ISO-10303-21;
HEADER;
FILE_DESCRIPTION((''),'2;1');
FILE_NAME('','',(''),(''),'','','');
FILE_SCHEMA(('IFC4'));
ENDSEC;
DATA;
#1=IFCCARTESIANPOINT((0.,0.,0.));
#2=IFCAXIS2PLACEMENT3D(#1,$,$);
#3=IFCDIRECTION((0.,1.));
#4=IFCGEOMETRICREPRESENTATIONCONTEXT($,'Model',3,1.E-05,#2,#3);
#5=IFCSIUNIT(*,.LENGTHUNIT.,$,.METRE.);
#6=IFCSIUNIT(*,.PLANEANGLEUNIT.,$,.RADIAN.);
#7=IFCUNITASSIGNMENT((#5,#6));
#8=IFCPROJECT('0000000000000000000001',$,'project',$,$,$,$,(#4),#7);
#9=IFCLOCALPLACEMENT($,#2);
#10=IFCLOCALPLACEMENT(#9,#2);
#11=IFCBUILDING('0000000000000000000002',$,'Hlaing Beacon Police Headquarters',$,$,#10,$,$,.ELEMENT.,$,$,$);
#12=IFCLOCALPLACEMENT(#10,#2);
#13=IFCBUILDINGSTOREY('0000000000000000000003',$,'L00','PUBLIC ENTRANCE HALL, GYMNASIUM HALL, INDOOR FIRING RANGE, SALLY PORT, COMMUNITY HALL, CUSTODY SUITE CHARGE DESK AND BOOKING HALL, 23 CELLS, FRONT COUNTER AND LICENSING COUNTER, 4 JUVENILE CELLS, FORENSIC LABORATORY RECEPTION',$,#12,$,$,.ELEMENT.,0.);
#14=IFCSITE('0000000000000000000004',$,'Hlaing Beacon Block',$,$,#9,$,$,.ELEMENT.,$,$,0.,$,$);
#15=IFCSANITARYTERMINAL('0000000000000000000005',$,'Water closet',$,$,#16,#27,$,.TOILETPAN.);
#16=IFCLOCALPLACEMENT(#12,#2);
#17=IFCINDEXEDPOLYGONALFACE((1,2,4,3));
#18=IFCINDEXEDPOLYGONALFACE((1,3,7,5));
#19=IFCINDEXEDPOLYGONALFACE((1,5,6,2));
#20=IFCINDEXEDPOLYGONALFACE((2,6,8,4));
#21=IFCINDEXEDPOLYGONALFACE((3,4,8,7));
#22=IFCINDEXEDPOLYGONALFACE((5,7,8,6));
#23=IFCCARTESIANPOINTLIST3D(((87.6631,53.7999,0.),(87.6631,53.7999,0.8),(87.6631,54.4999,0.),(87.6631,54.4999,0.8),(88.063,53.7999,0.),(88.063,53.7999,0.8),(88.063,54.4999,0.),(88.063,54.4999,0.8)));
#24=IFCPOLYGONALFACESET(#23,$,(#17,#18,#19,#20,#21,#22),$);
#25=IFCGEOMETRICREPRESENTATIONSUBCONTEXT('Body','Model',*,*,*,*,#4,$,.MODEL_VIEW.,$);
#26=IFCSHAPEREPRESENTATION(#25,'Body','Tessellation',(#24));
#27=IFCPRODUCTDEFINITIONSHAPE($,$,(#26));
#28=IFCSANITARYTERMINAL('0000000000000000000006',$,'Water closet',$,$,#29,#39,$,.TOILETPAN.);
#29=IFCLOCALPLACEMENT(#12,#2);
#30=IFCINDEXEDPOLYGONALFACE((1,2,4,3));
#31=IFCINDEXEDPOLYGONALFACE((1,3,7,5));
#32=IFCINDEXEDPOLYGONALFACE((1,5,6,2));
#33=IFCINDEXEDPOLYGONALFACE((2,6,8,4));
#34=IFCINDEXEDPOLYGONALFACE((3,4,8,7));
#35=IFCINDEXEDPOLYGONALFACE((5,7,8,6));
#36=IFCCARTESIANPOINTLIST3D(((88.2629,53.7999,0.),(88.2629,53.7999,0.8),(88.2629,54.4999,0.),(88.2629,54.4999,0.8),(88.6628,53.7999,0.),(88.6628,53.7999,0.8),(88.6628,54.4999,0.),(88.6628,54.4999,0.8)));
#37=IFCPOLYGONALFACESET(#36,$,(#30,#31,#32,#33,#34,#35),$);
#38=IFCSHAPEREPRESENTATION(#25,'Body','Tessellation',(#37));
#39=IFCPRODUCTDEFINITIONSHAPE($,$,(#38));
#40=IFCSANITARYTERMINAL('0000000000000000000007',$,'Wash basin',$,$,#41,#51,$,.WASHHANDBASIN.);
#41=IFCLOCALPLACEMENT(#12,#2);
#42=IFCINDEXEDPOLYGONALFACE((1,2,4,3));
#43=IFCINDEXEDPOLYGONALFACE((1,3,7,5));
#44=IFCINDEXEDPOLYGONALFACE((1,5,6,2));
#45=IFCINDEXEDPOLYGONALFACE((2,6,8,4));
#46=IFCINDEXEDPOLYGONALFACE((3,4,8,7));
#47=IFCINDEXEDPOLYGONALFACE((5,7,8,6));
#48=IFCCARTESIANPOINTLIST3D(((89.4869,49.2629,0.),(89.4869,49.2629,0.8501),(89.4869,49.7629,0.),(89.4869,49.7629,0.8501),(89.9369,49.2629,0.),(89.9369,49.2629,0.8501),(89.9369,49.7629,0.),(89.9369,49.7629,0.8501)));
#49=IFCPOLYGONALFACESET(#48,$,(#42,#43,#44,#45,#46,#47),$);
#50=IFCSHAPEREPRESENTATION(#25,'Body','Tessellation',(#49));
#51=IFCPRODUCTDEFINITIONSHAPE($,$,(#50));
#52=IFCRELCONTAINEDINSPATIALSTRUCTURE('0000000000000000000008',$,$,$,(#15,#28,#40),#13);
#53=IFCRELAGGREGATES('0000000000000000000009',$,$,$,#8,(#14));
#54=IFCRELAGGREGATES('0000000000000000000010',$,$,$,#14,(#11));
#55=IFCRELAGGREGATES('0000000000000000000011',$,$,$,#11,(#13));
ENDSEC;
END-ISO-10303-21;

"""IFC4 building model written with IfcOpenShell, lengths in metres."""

from ifc_helpers import new_model, si_unit, direction, frame, origin, origin_2d, place, context, subcontext, project, spatial, rectangle, extrude, element, save


model = new_model("IFC4")

# Units and contexts
model_context = context("Model", 3, precision=1e-05, world=origin(), true_north=direction((0.0, 1.0)))
body_context = subcontext(model_context, "Body", "Model", "MODEL_VIEW")
ifc_project = project(units=[si_unit("LENGTHUNIT", "METRE"), si_unit("PLANEANGLEUNIT", "RADIAN")], contexts=[model_context])

# Site, building, storey
site_placement = place(None, origin())
site = spatial("IfcSite", under=ifc_project, at=site_placement, Name="Hlaing Beacon Block", CompositionType="ELEMENT", RefElevation=0.0)
building_placement = place(site_placement, origin())
building = spatial("IfcBuilding", under=site, at=building_placement, Name="Hlaing Beacon Police Headquarters", CompositionType="ELEMENT")
storey_placement = place(building_placement, origin())
storey = spatial("IfcBuildingStorey", under=building, at=storey_placement, Name="L00", Description="PUBLIC ENTRANCE HALL, GYMNASIUM HALL, INDOOR FIRING RANGE, SALLY PORT, COMMUNITY HALL, CUSTODY SUITE CHARGE DESK AND BOOKING HALL, 23 CELLS, FRONT COUNTER AND LICENSING COUNTER, 4 JUVENILE CELLS, FORENSIC LABORATORY RECEPTION", CompositionType="ELEMENT", Elevation=0.0)

# Sanitary terminals
for number, where, z_axis, x_axis, name in (
    (1, (87.863, 54.1499, 0.0), (0.0, 0.0, 1.0), (1.0, 0.0, 0.0), "Water closet"),
    (2, (88.4629, 54.1499, 0.0), (0.0, 0.0, 1.0), (1.0, 0.0, 0.0), "Water closet"),
):
    element("IfcSanitaryTerminal", number, at=place(storey_placement, frame(where, z_axis=z_axis, x_axis=x_axis)), inside=storey, Name=name, PredefinedType="TOILETPAN", context=body_context, shape_type="SweptSolid", body=[
        extrude(rectangle(XDim=0.3999, YDim=0.7, at=origin_2d()), origin(), (0.0, 0.0, 1.0), 0.8),
    ])
sanitary_terminal_placement = place(storey_placement, frame((89.7119, 49.5129, 0.0), z_axis=(0.0, 0.0, 1.0), x_axis=(1.0, 0.0, 0.0)))
element("IfcSanitaryTerminal", 3, at=sanitary_terminal_placement, inside=storey, Name="Wash basin", PredefinedType="WASHHANDBASIN", context=body_context, shape_type="SweptSolid", body=[
    extrude(rectangle(XDim=0.45, YDim=0.5, at=origin_2d()), origin(), (0.0, 0.0, 1.0), 0.8501),
])

save(model, "model.ifc")
